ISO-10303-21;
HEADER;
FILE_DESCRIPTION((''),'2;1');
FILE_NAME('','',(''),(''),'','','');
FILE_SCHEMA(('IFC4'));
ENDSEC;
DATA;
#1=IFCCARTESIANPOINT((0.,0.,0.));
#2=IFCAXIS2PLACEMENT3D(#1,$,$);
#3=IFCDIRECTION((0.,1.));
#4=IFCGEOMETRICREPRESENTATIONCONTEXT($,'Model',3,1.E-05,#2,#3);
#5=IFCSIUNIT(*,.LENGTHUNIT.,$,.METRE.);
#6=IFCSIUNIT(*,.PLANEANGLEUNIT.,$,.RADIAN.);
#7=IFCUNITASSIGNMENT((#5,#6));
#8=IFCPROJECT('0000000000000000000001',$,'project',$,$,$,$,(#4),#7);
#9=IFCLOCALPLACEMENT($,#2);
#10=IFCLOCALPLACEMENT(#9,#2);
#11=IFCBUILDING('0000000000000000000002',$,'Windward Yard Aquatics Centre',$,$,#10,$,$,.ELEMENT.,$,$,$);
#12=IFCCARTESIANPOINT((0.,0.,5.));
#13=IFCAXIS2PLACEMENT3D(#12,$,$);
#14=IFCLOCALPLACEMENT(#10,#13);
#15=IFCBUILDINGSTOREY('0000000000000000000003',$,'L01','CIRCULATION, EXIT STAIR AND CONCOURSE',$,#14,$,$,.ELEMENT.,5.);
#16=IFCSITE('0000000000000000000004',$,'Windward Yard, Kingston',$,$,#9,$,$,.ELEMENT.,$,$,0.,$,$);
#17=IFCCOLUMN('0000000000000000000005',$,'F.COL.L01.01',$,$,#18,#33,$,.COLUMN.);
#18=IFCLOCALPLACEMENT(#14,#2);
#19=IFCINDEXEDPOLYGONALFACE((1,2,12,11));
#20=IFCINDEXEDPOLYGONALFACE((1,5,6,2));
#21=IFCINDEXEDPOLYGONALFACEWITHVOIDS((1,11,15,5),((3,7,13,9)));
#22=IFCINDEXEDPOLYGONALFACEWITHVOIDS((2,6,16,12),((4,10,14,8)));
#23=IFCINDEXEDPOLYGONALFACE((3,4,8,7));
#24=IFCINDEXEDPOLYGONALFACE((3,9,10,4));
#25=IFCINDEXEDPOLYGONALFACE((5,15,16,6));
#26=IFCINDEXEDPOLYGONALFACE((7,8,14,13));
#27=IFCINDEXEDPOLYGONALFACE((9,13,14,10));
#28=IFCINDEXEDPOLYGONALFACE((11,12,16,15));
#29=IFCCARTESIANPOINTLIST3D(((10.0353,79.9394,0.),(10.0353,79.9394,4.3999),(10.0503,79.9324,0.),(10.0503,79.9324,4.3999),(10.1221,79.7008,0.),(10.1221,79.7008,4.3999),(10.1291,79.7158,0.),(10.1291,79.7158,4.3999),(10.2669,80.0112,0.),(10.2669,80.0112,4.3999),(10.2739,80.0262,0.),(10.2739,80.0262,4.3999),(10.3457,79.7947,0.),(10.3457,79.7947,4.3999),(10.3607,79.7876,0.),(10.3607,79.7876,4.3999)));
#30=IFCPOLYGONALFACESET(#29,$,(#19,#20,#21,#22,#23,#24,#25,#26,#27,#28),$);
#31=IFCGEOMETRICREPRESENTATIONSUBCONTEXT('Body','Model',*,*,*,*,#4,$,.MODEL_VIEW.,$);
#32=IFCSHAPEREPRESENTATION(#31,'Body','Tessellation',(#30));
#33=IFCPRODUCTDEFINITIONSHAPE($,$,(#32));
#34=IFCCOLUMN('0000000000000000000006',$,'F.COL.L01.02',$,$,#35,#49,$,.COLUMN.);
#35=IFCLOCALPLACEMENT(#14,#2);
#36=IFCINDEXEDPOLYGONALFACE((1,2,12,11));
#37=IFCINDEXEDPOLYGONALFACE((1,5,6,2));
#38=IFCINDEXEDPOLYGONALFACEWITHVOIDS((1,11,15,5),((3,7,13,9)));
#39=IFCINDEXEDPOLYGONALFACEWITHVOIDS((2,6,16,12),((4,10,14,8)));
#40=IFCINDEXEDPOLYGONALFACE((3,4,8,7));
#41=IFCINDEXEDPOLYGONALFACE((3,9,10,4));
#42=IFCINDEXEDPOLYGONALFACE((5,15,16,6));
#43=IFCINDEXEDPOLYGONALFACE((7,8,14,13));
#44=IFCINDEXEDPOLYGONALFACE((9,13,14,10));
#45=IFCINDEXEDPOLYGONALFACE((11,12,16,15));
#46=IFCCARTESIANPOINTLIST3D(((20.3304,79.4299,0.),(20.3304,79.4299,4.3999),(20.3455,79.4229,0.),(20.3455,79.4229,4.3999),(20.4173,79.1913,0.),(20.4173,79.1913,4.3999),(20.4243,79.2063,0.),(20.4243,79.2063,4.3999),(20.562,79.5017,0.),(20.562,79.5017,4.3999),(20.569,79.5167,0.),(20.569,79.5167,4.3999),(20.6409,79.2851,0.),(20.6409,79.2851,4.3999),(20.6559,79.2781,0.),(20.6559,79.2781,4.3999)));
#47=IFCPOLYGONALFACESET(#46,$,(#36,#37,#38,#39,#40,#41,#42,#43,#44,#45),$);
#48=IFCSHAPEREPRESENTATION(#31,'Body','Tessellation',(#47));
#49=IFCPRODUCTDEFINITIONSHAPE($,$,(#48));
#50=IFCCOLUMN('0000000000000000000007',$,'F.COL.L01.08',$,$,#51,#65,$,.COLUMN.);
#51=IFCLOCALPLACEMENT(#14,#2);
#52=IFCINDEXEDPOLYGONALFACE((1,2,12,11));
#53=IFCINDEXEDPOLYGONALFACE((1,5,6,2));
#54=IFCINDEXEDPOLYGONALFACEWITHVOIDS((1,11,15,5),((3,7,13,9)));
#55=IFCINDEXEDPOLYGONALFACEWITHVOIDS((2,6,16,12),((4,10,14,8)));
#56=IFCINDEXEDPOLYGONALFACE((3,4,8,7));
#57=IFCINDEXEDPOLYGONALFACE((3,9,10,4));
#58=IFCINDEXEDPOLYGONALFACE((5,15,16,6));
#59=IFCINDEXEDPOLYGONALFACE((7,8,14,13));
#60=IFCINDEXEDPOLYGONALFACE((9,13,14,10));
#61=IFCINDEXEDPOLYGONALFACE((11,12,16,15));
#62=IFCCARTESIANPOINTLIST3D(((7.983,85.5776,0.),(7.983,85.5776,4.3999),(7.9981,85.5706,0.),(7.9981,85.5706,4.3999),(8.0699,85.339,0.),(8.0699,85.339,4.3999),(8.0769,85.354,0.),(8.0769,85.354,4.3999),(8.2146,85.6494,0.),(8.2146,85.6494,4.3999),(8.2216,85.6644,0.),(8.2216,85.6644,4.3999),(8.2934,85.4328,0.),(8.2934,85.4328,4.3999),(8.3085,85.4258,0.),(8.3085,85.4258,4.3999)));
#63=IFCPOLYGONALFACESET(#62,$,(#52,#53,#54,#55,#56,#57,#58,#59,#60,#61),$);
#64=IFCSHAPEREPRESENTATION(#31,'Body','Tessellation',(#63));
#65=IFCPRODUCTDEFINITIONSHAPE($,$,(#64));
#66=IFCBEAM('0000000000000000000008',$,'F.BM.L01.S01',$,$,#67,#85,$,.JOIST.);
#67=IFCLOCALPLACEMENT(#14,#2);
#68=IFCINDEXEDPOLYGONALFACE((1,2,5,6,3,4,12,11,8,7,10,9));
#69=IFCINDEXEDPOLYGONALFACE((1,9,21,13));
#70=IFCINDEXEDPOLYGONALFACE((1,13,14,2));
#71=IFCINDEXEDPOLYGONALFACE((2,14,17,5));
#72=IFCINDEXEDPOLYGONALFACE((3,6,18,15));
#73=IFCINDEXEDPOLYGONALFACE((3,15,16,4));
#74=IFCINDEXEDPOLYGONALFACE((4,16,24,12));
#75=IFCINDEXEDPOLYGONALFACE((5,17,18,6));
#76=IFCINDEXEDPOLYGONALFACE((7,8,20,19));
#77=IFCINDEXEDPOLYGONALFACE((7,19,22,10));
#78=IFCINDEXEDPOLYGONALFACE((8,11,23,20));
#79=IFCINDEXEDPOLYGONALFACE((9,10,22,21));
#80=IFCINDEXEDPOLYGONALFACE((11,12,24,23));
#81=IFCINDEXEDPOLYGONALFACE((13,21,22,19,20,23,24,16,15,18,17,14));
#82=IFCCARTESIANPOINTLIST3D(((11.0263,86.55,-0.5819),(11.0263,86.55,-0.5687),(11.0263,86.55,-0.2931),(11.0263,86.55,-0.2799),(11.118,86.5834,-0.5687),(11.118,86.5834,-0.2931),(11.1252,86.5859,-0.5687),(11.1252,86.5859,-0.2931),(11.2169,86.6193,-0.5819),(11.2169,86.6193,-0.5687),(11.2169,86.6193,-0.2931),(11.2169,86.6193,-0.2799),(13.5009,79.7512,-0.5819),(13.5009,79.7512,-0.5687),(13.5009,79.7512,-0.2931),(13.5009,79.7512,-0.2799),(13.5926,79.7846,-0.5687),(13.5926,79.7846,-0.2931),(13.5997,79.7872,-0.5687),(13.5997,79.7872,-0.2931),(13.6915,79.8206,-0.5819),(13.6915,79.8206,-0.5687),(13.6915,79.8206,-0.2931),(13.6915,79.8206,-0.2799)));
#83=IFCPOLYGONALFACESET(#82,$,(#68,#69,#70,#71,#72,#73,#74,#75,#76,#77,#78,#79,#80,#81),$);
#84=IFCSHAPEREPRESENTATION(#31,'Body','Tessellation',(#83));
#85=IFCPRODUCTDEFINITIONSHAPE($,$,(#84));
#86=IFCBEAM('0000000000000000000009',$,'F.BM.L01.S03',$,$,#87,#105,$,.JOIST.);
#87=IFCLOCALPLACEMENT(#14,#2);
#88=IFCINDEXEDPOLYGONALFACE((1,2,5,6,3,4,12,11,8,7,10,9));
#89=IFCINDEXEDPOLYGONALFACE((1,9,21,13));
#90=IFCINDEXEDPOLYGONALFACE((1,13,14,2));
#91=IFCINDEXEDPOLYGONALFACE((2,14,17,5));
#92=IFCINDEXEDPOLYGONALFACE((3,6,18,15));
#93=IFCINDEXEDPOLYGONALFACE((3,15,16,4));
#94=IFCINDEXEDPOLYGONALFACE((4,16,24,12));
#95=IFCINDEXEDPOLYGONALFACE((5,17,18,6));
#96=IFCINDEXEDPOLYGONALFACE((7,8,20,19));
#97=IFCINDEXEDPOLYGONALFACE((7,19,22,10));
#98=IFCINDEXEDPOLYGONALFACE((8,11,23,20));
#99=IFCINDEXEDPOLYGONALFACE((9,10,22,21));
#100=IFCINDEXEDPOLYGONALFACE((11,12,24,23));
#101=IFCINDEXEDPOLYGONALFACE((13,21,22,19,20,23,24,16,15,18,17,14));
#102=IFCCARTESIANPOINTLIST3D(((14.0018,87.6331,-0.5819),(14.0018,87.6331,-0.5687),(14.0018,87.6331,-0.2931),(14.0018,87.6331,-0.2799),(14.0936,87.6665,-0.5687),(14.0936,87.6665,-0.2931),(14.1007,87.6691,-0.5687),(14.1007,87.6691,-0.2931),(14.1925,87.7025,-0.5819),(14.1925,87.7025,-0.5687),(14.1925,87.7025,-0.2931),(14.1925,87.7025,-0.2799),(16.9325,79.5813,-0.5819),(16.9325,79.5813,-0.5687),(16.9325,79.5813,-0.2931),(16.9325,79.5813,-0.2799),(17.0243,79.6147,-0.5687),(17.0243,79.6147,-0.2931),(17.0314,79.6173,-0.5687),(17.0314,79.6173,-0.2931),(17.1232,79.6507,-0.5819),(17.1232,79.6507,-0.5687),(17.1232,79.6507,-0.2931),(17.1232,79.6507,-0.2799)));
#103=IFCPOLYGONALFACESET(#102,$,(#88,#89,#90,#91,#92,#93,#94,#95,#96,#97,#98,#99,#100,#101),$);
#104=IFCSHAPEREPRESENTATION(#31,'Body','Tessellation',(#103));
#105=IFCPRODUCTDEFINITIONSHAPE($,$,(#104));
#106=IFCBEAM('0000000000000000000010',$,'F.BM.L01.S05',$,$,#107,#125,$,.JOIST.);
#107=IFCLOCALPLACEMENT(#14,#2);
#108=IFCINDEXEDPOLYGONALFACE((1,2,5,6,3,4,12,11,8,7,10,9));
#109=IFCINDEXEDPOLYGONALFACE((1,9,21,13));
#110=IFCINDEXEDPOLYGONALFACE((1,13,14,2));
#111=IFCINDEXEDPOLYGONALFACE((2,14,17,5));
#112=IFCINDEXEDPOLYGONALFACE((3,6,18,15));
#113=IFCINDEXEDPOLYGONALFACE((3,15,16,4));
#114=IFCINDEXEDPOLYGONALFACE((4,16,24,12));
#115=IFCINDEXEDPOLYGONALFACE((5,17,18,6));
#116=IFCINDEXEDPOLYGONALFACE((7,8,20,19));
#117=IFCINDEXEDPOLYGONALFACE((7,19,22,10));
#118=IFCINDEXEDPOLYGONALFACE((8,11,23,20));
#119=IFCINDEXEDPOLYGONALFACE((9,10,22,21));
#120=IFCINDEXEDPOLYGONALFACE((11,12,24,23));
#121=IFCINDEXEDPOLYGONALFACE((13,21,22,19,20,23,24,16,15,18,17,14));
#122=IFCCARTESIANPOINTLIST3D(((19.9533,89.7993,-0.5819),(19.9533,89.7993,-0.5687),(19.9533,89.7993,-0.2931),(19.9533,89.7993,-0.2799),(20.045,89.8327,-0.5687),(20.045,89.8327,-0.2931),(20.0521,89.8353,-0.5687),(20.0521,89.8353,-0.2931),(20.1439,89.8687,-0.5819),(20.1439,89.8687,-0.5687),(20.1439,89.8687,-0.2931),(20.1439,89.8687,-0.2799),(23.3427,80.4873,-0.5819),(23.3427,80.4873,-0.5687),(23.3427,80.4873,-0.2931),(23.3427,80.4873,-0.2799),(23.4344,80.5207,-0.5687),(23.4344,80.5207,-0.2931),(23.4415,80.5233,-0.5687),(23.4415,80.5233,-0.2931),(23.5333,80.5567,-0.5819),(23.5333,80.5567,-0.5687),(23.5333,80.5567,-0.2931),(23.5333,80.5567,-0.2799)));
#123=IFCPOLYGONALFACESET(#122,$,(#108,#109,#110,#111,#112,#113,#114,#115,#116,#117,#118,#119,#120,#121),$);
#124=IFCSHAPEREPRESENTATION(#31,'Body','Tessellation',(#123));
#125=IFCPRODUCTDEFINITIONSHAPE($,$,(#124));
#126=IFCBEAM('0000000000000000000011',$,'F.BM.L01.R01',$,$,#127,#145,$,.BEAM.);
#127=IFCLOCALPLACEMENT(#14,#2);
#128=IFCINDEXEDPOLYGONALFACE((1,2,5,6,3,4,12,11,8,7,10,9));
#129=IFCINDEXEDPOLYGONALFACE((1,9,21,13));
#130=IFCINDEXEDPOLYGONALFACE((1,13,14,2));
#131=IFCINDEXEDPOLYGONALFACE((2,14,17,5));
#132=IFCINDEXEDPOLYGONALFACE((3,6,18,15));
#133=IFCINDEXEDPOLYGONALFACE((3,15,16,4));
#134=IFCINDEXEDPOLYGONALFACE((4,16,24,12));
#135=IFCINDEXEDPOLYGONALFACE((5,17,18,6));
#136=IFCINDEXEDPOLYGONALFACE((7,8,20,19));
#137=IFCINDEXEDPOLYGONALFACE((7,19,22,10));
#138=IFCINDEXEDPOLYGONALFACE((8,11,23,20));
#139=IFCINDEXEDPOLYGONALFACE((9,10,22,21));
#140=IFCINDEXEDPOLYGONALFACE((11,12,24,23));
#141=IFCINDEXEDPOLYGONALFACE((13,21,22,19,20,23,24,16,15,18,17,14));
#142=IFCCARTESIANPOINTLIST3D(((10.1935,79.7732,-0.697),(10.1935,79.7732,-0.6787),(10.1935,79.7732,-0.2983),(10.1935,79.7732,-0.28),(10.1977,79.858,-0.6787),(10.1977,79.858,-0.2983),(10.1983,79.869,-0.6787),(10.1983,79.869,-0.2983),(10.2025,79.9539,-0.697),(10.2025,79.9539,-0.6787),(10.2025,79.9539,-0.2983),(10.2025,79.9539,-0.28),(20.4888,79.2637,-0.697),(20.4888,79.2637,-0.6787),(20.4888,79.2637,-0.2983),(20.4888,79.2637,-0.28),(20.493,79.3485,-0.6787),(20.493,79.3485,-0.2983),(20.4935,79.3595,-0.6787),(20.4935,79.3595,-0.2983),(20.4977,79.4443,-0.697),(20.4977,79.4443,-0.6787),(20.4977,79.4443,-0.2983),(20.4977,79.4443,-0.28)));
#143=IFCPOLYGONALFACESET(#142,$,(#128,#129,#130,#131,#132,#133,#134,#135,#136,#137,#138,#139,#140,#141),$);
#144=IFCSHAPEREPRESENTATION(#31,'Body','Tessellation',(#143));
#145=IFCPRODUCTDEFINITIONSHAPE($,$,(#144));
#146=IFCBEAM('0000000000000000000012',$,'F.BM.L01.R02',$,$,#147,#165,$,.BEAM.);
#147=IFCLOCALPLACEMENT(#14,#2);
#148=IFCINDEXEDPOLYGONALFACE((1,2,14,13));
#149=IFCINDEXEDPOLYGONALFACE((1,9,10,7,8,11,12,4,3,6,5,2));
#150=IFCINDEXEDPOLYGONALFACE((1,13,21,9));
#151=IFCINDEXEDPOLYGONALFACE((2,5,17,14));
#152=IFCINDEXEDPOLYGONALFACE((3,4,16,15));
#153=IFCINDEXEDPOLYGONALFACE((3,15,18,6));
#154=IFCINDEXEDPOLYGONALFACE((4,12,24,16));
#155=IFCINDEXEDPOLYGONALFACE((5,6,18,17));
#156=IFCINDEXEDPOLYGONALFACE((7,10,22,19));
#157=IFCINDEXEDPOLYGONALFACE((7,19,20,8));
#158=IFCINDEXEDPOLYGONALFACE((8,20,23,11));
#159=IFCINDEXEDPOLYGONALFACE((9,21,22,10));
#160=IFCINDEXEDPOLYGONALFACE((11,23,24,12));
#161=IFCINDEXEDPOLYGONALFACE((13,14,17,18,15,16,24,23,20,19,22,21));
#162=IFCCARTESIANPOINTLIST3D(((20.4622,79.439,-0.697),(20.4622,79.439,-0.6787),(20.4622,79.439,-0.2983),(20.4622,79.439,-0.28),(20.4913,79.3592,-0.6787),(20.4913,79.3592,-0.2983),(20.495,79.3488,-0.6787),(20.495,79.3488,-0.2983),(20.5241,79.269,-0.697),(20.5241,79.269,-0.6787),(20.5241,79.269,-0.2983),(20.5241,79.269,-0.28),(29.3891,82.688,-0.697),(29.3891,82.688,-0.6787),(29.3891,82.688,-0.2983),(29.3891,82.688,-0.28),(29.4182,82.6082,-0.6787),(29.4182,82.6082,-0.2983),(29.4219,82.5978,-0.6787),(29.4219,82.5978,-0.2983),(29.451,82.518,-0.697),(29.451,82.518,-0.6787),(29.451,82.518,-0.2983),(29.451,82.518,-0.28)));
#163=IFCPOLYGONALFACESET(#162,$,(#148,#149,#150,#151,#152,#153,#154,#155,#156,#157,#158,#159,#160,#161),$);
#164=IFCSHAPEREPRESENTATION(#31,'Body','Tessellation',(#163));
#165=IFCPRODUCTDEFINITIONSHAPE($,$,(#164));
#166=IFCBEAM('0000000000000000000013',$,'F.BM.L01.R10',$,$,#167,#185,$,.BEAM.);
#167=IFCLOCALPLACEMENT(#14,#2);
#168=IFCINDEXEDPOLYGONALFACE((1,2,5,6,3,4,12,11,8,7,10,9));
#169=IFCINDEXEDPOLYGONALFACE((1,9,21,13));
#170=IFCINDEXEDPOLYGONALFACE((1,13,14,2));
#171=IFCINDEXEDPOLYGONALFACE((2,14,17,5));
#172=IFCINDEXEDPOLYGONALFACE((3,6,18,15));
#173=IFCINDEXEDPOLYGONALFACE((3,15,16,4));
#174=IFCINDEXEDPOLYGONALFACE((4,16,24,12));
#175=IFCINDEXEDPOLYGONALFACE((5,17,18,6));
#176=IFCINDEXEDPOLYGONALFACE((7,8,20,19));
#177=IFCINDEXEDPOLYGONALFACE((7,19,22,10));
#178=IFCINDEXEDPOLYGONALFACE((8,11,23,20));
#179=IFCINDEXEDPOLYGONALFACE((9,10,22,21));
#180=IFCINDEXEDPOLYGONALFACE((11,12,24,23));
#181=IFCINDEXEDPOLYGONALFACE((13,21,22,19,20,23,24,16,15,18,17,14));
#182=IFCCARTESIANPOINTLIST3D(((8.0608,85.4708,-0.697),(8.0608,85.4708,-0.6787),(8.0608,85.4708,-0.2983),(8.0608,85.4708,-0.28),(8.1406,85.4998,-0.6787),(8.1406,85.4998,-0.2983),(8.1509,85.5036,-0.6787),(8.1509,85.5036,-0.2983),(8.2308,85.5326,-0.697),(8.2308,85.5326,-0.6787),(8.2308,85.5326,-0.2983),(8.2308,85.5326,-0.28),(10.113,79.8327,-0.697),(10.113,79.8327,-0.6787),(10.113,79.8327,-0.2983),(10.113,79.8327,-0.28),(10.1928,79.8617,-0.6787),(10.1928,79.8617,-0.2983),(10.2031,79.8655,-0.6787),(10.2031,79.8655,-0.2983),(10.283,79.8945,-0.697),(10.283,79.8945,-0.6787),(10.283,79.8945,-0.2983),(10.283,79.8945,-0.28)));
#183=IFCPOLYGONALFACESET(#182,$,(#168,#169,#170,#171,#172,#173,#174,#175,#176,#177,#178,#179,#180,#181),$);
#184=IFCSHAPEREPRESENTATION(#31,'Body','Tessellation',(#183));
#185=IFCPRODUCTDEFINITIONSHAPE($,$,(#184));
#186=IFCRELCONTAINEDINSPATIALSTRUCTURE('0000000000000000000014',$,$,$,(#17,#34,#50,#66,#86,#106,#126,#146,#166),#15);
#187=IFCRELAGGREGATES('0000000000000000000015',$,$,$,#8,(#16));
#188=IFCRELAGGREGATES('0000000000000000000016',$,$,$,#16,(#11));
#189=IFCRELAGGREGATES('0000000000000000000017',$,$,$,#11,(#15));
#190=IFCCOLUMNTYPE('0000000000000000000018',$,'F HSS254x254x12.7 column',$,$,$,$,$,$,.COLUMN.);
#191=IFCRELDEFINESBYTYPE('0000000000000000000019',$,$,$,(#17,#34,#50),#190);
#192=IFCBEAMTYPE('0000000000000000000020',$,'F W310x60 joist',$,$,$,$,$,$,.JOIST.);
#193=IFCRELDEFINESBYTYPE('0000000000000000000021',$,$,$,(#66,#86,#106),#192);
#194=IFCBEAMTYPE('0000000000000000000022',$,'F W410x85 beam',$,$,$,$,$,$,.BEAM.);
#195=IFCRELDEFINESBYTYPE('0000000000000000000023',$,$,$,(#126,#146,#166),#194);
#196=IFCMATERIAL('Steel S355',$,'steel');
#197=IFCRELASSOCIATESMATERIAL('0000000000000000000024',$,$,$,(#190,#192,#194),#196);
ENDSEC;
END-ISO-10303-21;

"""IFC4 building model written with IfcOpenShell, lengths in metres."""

from ifc_helpers import new_model, si_unit, direction, frame, origin, origin_2d, place, context, subcontext, project, spatial, hollow_rectangle, i_section, extrude, material, material_profile, profile_set, type_object, element, save


model = new_model("IFC4")

# Units and contexts
model_context = context("Model", 3, precision=1e-05, world=origin(), true_north=direction((0.0, 1.0)))
body_context = subcontext(model_context, "Body", "Model", "MODEL_VIEW")
ifc_project = project(units=[si_unit("LENGTHUNIT", "METRE"), si_unit("PLANEANGLEUNIT", "RADIAN")], contexts=[model_context])

# Site, building, storey
site_placement = place(None, origin())
site = spatial("IfcSite", under=ifc_project, at=site_placement, Name="Windward Yard, Kingston", CompositionType="ELEMENT", RefElevation=0.0)
building_placement = place(site_placement, origin())
building = spatial("IfcBuilding", under=site, at=building_placement, Name="Windward Yard Aquatics Centre", CompositionType="ELEMENT")
storey_placement = place(building_placement, frame((0.0, 0.0, 5.0)))
storey = spatial("IfcBuildingStorey", under=building, at=storey_placement, Name="L01", Description="CIRCULATION, EXIT STAIR AND CONCOURSE", CompositionType="ELEMENT", Elevation=5.0)

# Columns
ifc_material_1 = material(Name="Steel S355", Category="steel")
ifc_material_profile_1 = material_profile(ifc_material_1, hollow_rectangle(XDim=0.2539, YDim=0.2539, WallThickness=0.0117, at=origin_2d()), Name="HSS254x254x12.7")
ifc_profile_set_1 = profile_set([ifc_material_profile_1], Name="Steel S355")
column_type = type_object("IfcColumnType", Name="F HSS254x254x12.7 column", PredefinedType="COLUMN", material=ifc_profile_set_1)
for number, where, z_axis, x_axis, name in (
    (1, (10.198, 79.8635, 0.0), (0.0, 0.0, 1.0), (0.939693, 0.34202, 0.0), "F.COL.L01.01"),
    (2, (20.4932, 79.354, 0.0), (0.0, 0.0, 1.0), (0.939693, 0.34202, 0.0), "F.COL.L01.02"),
    (3, (8.1458, 85.5017, 0.0), (0.0, 0.0, 1.0), (0.939693, 0.34202, 0.0), "F.COL.L01.08"),
):
    element("IfcColumn", number, at=place(storey_placement, frame(where, z_axis=z_axis, x_axis=x_axis)), inside=storey, type_object=column_type, Name=name, PredefinedType="COLUMN", context=body_context, shape_type="SweptSolid", body=[
        extrude(hollow_rectangle(XDim=0.2539, YDim=0.2539, WallThickness=0.0117, at=origin_2d()), origin(), (0.0, 0.0, 1.0), 4.3999),
    ])

# Beams
ifc_material_profile_2 = material_profile(ifc_material_1, i_section(OverallWidth=0.2029, OverallDepth=0.302, WebThickness=0.0076, FlangeThickness=0.0132, at=origin_2d()), Name="W310x60")
ifc_profile_set_2 = profile_set([ifc_material_profile_2], Name="Steel S355")
beam_type_1 = type_object("IfcBeamType", Name="F W310x60 joist", PredefinedType="JOIST", material=ifc_profile_set_2)
beam_1_placement = place(storey_placement, frame((13.5962, 79.7859, -0.4309), z_axis=(-0.342025, 0.939691, 0.0), x_axis=(-0.939691, -0.342025, 0.0)))
element("IfcBeam", 4, at=beam_1_placement, inside=storey, type_object=beam_type_1, Name="F.BM.L01.S01", PredefinedType="JOIST", context=body_context, shape_type="SweptSolid", body=[
    extrude(i_section(OverallWidth=0.2029, OverallDepth=0.302, WebThickness=0.0076, FlangeThickness=0.0132, at=origin_2d()), origin(), (0.0, 0.0, 1.0), 7.2351),
])
beam_2_placement = place(storey_placement, frame((17.0278, 79.616, -0.4309), z_axis=(-0.342027, 0.93969, 0.0), x_axis=(-0.93969, -0.342027, 0.0)))
element("IfcBeam", 5, at=beam_2_placement, inside=storey, type_object=beam_type_1, Name="F.BM.L01.S03", PredefinedType="JOIST", context=body_context, shape_type="SweptSolid", body=[
    extrude(i_section(OverallWidth=0.2029, OverallDepth=0.302, WebThickness=0.0076, FlangeThickness=0.0132, at=origin_2d()), origin(), (0.0, 0.0, 1.0), 8.5686),
])
beam_3_placement = place(storey_placement, frame((23.438, 80.522, -0.4309), z_axis=(-0.34203, 0.939689, 0.0), x_axis=(-0.939689, -0.34203, 0.0)))
element("IfcBeam", 6, at=beam_3_placement, inside=storey, type_object=beam_type_1, Name="F.BM.L01.S05", PredefinedType="JOIST", context=body_context, shape_type="SweptSolid", body=[
    extrude(i_section(OverallWidth=0.2029, OverallDepth=0.302, WebThickness=0.0076, FlangeThickness=0.0132, at=origin_2d()), origin(), (0.0, 0.0, 1.0), 9.9097),
])
ifc_material_profile_3 = material_profile(ifc_material_1, i_section(OverallWidth=0.1809, OverallDepth=0.417, WebThickness=0.011, FlangeThickness=0.0183, at=origin_2d()), Name="W410x85")
ifc_profile_set_3 = profile_set([ifc_material_profile_3], Name="Steel S355")
beam_type_2 = type_object("IfcBeamType", Name="F W410x85 beam", PredefinedType="BEAM", material=ifc_profile_set_3)
beam_4_placement = place(storey_placement, frame((10.198, 79.8635, -0.4885), z_axis=(0.998778, -0.049431, 0.0), x_axis=(0.049431, 0.998778, 0.0)))
element("IfcBeam", 7, at=beam_4_placement, inside=storey, type_object=beam_type_2, Name="F.BM.L01.R01", PredefinedType="BEAM", context=body_context, shape_type="SweptSolid", body=[
    extrude(i_section(OverallWidth=0.1809, OverallDepth=0.417, WebThickness=0.011, FlangeThickness=0.0183, at=origin_2d()), origin(), (0.0, 0.0, 1.0), 10.3079),
])
beam_5_placement = place(storey_placement, frame((20.4932, 79.354, -0.4885), z_axis=(0.939697, 0.342007, 0.0), x_axis=(-0.342007, 0.939697, 0.0)))
element("IfcBeam", 8, at=beam_5_placement, inside=storey, type_object=beam_type_2, Name="F.BM.L01.R02", PredefinedType="BEAM", context=body_context, shape_type="SweptSolid", body=[
    extrude(i_section(OverallWidth=0.1809, OverallDepth=0.417, WebThickness=0.011, FlangeThickness=0.0183, at=origin_2d()), origin(), (0.0, 0.0, 1.0), 9.4998),
])
beam_6_placement = place(storey_placement, frame((8.1458, 85.5017, -0.4885), z_axis=(0.342037, -0.939686, 0.0), x_axis=(0.939686, 0.342037, 0.0)))
element("IfcBeam", 9, at=beam_6_placement, inside=storey, type_object=beam_type_2, Name="F.BM.L01.R10", PredefinedType="BEAM", context=body_context, shape_type="SweptSolid", body=[
    extrude(i_section(OverallWidth=0.1809, OverallDepth=0.417, WebThickness=0.011, FlangeThickness=0.0183, at=origin_2d()), origin(), (0.0, 0.0, 1.0), 6.0),
])

save(model, "model.ifc")
